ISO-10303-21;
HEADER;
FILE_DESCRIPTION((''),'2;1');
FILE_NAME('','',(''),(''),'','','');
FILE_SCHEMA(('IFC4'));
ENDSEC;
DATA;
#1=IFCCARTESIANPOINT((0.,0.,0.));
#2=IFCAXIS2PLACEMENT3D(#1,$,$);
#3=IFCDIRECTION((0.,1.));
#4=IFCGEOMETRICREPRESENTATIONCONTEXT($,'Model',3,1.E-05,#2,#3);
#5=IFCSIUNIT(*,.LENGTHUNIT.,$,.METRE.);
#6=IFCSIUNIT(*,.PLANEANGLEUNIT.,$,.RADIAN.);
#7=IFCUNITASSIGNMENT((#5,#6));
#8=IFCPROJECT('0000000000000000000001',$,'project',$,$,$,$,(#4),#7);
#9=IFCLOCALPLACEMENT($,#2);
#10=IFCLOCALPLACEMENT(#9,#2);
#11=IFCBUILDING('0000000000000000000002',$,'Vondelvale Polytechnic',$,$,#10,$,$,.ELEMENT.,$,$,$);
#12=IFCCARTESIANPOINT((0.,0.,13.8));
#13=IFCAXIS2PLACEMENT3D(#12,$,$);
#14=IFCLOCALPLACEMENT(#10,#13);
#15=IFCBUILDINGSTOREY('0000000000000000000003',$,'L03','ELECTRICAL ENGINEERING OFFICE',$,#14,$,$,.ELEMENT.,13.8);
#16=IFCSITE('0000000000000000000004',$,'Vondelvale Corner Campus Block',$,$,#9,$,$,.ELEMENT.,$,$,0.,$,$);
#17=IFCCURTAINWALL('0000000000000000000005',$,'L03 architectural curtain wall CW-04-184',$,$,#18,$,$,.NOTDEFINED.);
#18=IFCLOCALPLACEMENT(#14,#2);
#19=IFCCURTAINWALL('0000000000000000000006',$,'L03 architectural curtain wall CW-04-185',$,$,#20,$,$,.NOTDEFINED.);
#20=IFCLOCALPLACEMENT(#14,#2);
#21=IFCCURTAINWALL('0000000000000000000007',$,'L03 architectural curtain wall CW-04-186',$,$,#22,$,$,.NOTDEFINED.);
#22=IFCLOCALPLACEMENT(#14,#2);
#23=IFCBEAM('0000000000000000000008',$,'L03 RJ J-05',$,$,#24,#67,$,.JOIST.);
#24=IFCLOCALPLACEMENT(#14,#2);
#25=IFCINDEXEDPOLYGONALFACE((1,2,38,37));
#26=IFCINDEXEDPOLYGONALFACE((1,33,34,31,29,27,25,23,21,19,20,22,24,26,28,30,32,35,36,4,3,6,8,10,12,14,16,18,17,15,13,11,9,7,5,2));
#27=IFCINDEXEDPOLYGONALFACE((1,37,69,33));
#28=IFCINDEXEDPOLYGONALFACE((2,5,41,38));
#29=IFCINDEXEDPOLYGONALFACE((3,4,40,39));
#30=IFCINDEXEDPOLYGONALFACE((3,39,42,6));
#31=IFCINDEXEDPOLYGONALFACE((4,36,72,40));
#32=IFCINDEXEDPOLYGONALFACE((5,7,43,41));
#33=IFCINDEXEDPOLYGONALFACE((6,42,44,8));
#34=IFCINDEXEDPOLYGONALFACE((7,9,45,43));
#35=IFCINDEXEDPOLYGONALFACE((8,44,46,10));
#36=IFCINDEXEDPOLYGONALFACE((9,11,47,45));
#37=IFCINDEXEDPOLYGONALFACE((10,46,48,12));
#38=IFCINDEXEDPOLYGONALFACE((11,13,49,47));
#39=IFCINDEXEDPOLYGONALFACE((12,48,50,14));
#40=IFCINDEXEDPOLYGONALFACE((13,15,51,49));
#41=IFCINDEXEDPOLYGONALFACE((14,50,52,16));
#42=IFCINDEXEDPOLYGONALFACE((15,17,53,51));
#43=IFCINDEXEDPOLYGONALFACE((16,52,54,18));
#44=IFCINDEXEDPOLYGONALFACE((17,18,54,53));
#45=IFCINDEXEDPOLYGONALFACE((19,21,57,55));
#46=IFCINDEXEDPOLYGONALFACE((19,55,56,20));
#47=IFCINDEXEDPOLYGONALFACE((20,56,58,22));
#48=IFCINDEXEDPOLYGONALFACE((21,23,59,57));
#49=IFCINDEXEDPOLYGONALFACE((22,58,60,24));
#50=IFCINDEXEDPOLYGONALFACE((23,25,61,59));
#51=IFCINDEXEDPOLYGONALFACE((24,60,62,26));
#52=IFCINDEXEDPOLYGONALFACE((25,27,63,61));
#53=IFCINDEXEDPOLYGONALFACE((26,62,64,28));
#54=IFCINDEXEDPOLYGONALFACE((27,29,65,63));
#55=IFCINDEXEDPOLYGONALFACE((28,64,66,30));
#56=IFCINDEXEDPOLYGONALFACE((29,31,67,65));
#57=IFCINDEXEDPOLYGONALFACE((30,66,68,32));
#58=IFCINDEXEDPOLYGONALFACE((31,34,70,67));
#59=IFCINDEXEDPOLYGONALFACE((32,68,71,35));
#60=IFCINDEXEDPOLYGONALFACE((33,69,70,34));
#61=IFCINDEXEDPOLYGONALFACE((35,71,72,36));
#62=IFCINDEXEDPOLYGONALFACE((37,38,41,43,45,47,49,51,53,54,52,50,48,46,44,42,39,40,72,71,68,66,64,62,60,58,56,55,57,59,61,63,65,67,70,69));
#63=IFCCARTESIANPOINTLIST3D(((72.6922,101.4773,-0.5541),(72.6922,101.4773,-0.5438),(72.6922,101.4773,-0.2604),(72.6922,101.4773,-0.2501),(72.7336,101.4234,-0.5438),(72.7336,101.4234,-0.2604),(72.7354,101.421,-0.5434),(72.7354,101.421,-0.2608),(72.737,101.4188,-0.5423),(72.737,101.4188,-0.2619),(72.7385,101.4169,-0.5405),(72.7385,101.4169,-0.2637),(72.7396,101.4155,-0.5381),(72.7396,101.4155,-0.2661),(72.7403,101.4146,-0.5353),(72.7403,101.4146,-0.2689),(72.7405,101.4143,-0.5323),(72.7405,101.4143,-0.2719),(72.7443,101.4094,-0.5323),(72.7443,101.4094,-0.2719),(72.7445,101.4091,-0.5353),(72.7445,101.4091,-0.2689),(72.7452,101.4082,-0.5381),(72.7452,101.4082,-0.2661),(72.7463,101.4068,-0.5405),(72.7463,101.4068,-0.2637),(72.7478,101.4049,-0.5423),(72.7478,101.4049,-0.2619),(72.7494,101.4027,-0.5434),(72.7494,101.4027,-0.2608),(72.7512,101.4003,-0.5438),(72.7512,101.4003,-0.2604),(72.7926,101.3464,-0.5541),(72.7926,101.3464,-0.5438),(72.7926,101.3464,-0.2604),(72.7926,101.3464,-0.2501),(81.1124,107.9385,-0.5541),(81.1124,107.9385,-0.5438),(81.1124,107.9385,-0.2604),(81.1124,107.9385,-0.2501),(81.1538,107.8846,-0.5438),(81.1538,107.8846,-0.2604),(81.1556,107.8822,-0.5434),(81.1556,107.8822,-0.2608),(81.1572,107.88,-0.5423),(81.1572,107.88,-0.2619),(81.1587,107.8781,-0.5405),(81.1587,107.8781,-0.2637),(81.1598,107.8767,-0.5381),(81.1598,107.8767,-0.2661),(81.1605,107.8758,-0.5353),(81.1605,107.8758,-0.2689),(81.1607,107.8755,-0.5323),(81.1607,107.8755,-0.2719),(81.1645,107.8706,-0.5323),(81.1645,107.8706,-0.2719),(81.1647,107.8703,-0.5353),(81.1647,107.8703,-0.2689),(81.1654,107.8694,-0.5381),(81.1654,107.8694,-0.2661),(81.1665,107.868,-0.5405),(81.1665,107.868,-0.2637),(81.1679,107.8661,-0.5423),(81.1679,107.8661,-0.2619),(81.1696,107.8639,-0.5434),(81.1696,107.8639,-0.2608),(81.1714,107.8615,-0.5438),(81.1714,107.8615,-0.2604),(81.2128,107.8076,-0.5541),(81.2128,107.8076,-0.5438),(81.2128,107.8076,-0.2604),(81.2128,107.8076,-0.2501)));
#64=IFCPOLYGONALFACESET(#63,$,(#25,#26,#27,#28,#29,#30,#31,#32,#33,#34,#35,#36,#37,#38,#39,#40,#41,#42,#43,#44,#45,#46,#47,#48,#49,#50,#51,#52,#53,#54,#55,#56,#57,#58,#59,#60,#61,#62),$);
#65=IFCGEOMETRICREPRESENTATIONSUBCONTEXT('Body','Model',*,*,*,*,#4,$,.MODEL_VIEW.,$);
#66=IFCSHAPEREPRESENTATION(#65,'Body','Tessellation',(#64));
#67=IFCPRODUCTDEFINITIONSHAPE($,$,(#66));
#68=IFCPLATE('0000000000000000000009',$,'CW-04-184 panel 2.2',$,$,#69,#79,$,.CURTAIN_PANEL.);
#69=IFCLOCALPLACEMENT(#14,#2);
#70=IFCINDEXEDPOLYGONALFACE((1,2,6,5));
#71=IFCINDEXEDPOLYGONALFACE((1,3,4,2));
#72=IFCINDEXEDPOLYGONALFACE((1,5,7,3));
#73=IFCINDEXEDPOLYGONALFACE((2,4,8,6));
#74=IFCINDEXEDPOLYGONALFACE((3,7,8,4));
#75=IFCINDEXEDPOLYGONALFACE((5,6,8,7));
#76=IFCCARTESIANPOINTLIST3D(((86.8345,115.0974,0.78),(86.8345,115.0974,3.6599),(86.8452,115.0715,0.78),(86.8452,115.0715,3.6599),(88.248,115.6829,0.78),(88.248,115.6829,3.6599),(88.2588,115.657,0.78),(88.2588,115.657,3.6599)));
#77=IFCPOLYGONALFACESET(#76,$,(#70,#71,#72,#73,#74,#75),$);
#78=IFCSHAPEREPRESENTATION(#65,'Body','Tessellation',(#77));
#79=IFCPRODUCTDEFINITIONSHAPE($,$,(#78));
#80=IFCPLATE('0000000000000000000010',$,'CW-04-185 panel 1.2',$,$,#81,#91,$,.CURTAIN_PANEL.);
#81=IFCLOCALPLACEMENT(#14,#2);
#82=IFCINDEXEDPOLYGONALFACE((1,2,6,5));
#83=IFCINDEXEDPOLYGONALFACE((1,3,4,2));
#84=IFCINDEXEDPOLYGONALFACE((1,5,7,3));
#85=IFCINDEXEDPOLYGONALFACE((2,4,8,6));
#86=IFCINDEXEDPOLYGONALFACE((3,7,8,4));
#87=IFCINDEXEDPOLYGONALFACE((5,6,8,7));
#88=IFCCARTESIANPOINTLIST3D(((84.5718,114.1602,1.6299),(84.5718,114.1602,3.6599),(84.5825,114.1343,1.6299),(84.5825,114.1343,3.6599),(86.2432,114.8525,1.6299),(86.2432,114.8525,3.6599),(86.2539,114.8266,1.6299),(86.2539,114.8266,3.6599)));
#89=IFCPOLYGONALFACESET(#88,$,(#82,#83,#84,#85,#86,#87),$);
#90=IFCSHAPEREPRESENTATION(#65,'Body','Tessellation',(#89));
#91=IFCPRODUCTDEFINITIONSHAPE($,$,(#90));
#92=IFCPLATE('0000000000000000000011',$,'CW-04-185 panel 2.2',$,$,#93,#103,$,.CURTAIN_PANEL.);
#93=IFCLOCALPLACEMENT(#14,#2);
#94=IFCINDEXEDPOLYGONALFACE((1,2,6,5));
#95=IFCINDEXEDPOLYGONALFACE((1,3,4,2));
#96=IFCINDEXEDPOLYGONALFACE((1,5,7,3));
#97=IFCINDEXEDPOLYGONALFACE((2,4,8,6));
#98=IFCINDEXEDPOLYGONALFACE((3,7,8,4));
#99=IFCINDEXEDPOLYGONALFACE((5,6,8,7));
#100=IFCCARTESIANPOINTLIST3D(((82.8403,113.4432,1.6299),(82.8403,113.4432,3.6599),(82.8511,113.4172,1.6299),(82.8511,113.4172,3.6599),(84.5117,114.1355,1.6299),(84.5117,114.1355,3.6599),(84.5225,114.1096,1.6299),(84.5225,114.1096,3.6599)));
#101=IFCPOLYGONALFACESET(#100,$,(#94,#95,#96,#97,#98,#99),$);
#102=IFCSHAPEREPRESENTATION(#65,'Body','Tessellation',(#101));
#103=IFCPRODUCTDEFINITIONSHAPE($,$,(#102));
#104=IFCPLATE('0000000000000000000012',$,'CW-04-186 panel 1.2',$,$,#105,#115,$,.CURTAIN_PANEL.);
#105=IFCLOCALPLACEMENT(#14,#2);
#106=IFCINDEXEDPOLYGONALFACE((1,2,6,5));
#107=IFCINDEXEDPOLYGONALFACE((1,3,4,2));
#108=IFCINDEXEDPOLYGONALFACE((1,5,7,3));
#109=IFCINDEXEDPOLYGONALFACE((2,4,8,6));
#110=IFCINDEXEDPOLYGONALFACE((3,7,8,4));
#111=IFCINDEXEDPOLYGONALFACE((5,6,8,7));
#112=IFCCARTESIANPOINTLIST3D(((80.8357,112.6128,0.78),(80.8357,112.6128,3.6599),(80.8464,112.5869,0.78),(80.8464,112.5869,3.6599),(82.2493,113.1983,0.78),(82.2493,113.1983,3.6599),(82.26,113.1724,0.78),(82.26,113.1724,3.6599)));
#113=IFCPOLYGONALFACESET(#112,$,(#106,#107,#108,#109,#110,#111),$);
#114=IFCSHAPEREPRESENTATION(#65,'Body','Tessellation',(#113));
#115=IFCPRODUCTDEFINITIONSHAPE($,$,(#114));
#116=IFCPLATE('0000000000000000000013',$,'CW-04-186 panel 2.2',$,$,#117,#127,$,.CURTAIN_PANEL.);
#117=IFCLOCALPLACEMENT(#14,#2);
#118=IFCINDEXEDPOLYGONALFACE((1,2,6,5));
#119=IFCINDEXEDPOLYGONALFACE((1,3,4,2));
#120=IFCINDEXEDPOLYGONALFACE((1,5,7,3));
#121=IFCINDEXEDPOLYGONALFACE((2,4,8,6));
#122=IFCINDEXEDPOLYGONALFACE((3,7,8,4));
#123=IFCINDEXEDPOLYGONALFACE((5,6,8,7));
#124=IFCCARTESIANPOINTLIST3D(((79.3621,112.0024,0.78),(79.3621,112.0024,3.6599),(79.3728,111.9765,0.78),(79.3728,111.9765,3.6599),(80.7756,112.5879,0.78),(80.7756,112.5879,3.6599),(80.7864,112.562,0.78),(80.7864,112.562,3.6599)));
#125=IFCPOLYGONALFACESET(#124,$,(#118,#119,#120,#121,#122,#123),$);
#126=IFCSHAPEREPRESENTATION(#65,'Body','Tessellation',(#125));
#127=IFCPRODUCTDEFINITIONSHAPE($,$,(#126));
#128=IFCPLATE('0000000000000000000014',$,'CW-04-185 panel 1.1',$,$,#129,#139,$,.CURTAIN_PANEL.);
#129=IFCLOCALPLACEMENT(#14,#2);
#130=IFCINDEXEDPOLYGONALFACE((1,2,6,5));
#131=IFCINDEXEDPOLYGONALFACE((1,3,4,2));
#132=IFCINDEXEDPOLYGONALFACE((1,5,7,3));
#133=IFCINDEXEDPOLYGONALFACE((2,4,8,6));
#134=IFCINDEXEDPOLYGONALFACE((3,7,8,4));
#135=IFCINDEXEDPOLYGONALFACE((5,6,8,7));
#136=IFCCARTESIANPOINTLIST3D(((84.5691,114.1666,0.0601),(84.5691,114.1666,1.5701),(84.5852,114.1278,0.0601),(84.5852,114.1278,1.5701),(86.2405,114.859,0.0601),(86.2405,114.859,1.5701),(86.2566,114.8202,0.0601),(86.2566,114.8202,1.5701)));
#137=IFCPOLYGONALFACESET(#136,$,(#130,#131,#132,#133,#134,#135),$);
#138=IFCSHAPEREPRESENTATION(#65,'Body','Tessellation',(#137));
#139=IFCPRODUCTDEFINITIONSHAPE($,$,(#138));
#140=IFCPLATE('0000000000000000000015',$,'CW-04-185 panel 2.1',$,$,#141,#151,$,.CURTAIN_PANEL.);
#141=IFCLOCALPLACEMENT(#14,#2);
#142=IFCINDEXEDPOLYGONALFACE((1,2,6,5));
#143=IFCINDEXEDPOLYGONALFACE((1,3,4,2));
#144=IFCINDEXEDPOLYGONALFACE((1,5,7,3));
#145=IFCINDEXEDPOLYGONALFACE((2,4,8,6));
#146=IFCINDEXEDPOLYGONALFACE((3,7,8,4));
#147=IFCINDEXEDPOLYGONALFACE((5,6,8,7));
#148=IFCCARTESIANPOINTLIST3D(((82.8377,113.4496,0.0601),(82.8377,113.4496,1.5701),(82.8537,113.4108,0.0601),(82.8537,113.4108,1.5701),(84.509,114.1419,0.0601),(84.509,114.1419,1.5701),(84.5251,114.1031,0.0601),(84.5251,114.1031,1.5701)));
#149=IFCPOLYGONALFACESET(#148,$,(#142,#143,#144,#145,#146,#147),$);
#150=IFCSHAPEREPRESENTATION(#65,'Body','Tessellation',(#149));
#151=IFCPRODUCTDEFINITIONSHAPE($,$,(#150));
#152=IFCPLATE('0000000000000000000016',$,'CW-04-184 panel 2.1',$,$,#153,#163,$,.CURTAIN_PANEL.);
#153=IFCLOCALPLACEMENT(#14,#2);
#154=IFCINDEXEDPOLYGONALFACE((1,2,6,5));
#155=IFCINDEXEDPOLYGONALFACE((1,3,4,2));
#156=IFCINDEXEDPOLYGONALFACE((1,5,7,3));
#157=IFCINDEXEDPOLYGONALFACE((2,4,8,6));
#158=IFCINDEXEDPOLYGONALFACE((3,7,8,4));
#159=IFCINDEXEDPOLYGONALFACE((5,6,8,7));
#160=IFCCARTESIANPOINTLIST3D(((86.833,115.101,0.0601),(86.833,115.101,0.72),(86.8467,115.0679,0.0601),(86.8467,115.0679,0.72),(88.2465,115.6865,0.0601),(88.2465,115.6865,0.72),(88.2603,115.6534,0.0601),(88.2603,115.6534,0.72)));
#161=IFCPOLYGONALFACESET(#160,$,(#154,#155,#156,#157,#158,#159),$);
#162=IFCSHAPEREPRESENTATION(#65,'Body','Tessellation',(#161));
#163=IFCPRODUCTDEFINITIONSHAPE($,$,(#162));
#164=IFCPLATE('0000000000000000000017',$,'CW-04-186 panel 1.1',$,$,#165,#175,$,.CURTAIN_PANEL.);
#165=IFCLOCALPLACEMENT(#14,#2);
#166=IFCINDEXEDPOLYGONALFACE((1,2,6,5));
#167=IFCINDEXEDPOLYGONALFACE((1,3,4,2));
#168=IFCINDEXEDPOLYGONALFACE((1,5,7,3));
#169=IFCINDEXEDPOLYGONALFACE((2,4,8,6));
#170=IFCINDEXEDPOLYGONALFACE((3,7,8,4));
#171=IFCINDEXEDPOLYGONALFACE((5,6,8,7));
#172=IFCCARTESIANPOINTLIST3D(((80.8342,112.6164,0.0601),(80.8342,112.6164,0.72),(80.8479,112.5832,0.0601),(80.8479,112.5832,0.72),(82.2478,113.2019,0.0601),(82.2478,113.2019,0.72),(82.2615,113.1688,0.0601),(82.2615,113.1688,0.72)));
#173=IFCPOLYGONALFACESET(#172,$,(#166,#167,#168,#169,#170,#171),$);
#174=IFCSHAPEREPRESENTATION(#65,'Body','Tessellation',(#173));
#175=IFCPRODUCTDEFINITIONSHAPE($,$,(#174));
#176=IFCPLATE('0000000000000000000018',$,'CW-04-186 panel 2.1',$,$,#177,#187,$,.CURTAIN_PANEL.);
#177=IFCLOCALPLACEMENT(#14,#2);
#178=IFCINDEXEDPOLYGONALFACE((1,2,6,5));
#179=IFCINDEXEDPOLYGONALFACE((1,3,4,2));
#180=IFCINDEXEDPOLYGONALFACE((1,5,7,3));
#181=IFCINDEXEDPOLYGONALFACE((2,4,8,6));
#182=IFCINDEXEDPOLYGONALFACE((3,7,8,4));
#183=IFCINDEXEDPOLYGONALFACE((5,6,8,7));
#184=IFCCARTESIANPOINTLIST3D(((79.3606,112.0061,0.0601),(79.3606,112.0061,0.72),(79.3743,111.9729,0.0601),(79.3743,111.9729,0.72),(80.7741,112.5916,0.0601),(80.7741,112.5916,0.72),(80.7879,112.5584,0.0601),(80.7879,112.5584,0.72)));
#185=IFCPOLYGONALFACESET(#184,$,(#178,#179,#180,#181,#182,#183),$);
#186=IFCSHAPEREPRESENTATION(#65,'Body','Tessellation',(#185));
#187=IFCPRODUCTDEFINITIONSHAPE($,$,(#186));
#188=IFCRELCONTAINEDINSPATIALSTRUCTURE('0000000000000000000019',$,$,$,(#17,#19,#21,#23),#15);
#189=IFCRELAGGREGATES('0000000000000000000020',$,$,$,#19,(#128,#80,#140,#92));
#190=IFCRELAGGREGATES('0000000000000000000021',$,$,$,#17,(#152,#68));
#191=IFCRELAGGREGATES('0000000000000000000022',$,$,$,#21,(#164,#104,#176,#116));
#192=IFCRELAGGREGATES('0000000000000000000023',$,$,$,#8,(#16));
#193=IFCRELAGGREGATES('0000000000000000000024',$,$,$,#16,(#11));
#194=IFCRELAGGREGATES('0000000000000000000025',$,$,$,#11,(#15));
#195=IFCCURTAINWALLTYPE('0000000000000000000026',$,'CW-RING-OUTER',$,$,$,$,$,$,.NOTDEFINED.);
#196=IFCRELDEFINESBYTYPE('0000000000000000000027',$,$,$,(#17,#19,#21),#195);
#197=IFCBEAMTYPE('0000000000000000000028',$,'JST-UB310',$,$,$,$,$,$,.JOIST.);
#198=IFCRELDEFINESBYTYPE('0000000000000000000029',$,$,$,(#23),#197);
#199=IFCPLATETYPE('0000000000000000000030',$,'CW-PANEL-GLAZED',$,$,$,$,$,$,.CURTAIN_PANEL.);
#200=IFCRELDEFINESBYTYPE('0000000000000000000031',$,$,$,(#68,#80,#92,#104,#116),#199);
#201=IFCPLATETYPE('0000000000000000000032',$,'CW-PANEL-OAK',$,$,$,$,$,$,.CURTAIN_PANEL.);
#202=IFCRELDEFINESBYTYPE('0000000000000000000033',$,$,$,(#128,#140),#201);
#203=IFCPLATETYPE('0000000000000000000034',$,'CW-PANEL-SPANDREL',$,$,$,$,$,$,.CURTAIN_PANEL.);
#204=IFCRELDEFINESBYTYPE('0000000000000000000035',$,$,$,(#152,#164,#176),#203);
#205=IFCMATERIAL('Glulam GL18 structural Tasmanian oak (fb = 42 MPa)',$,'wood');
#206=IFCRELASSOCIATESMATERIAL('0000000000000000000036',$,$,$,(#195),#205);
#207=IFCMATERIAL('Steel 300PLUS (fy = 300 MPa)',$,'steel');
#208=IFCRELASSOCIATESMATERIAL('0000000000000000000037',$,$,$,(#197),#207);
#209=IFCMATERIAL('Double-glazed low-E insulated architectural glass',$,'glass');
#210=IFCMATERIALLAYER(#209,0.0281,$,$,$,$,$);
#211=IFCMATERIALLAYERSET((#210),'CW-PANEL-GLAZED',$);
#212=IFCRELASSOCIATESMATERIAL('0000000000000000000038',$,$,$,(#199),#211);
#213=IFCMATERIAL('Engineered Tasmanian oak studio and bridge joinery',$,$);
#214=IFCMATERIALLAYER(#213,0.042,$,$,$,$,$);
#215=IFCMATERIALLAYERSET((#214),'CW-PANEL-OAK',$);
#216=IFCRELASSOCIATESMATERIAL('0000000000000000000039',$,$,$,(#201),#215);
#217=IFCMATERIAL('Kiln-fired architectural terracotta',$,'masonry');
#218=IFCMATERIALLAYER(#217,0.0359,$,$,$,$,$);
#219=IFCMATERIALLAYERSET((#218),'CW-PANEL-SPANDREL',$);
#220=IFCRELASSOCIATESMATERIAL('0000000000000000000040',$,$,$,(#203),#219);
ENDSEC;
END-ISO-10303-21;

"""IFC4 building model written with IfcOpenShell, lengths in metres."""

from ifc_helpers import new_model, si_unit, direction, frame, origin, origin_2d, place, context, subcontext, project, spatial, rectangle, i_section, extrude, material, layer, layer_set, material_profile, profile_set, type_object, element, aggregate, save


model = new_model("IFC4")

# Units and contexts
model_context = context("Model", 3, precision=1e-05, world=origin(), true_north=direction((0.0, 1.0)))
body_context = subcontext(model_context, "Body", "Model", "MODEL_VIEW")
ifc_project = project(units=[si_unit("LENGTHUNIT", "METRE"), si_unit("PLANEANGLEUNIT", "RADIAN")], contexts=[model_context])

# Site, building, storey
site_placement = place(None, origin())
site = spatial("IfcSite", under=ifc_project, at=site_placement, Name="Vondelvale Corner Campus Block", CompositionType="ELEMENT", RefElevation=0.0)
building_placement = place(site_placement, origin())
building = spatial("IfcBuilding", under=site, at=building_placement, Name="Vondelvale Polytechnic", CompositionType="ELEMENT")
storey_placement = place(building_placement, frame((0.0, 0.0, 13.8)))
storey = spatial("IfcBuildingStorey", under=building, at=storey_placement, Name="L03", Description="ELECTRICAL ENGINEERING OFFICE", CompositionType="ELEMENT", Elevation=13.8)

# Shared definitions
ifc_material_1 = material(Name="Glulam GL18 structural Tasmanian oak (fb = 42 MPa)", Category="wood")
ifc_material_2 = material(Name="Steel 300PLUS (fy = 300 MPa)", Category="steel")

# Curtain wall
curtain_wall_type = type_object("IfcCurtainWallType", Name="CW-RING-OUTER", PredefinedType="NOTDEFINED", material=ifc_material_1)
curtain_wall_1_placement = place(storey_placement, origin())
curtain_wall_1 = element("IfcCurtainWall", 1, at=curtain_wall_1_placement, inside=storey, type_object=curtain_wall_type, Name="L03 architectural curtain wall CW-04-184", PredefinedType="NOTDEFINED")

# Curtain walls
curtain_wall_2_placement = place(storey_placement, origin())
curtain_wall_2 = element("IfcCurtainWall", 2, at=curtain_wall_2_placement, inside=storey, type_object=curtain_wall_type, Name="L03 architectural curtain wall CW-04-185", PredefinedType="NOTDEFINED")
curtain_wall_3_placement = place(storey_placement, origin())
curtain_wall_3 = element("IfcCurtainWall", 3, at=curtain_wall_3_placement, inside=storey, type_object=curtain_wall_type, Name="L03 architectural curtain wall CW-04-186", PredefinedType="NOTDEFINED")

# Beam
ifc_material_profile_1 = material_profile(ifc_material_2, i_section(OverallWidth=0.165, OverallDepth=0.304, WebThickness=0.0061, FlangeThickness=0.0103, FilletRadius=0.0115, at=origin_2d()), Name="310UB40.4")
ifc_profile_set_1 = profile_set([ifc_material_profile_1], Name="Steel 300PLUS (fy = 300 MPa)")
beam_type_1 = type_object("IfcBeamType", Name="JST-UB310", PredefinedType="JOIST", material=ifc_profile_set_1)
beam_1_placement = place(storey_placement, frame((81.1626, 107.873, -0.4021), z_axis=(-0.793346, -0.608771, 0.0), x_axis=(0.608771, -0.793346, 0.0)))
element("IfcBeam", 4, at=beam_1_placement, inside=storey, type_object=beam_type_1, Name="L03 RJ J-05", PredefinedType="JOIST", context=body_context, shape_type="SweptSolid", body=[
    extrude(i_section(OverallWidth=0.165, OverallDepth=0.304, WebThickness=0.0061, FlangeThickness=0.0103, FilletRadius=0.0115, at=origin_2d()), origin(), (0.0, 0.0, 1.0), 10.6135),
])

# Plates
ifc_material_3 = material(Name="Double-glazed low-E insulated architectural glass", Category="glass")
ifc_layer_1 = layer(ifc_material_3, 0.0281)
ifc_layer_set_1 = layer_set([ifc_layer_1], Name="CW-PANEL-GLAZED")
plate_type_1 = type_object("IfcPlateType", Name="CW-PANEL-GLAZED", PredefinedType="CURTAIN_PANEL", material=ifc_layer_set_1)
plate_1_placement = place(storey_placement, frame((87.5466, 115.3772, 0.78), z_axis=(0.0, 0.0, 1.0), x_axis=(-0.923882, -0.382677, 0.0)))
plate_1 = element("IfcPlate", 5, at=plate_1_placement, type_object=plate_type_1, Name="CW-04-184 panel 2.2", PredefinedType="CURTAIN_PANEL", context=body_context, shape_type="SweptSolid", body=[
    extrude(rectangle(XDim=1.53, YDim=0.0281, at=origin_2d()), origin(), (0.0, 0.0, 1.0), 2.8799),
])
plate_2_placement = place(storey_placement, frame((85.4128, 114.4934, 1.6299), z_axis=(0.0, 0.0, 1.0), x_axis=(-0.923875, -0.382695, 0.0)))
plate_2 = element("IfcPlate", 6, at=plate_2_placement, type_object=plate_type_1, Name="CW-04-185 panel 1.2", PredefinedType="CURTAIN_PANEL", context=body_context, shape_type="SweptSolid", body=[
    extrude(rectangle(XDim=1.8091, YDim=0.0281, at=origin_2d()), origin(), (0.0, 0.0, 1.0), 2.03),
])
plate_3_placement = place(storey_placement, frame((83.6814, 113.7764, 1.6299), z_axis=(0.0, 0.0, 1.0), x_axis=(-0.923875, -0.382695, 0.0)))
plate_3 = element("IfcPlate", 7, at=plate_3_placement, type_object=plate_type_1, Name="CW-04-185 panel 2.2", PredefinedType="CURTAIN_PANEL", context=body_context, shape_type="SweptSolid", body=[
    extrude(rectangle(XDim=1.8091, YDim=0.0281, at=origin_2d()), origin(), (0.0, 0.0, 1.0), 2.03),
])
plate_4_placement = place(storey_placement, frame((81.5479, 112.8926, 0.78), z_axis=(0.0, 0.0, 1.0), x_axis=(-0.923882, -0.382677, 0.0)))
plate_4 = element("IfcPlate", 8, at=plate_4_placement, type_object=plate_type_1, Name="CW-04-186 panel 1.2", PredefinedType="CURTAIN_PANEL", context=body_context, shape_type="SweptSolid", body=[
    extrude(rectangle(XDim=1.53, YDim=0.0281, at=origin_2d()), origin(), (0.0, 0.0, 1.0), 2.8799),
])
plate_5_placement = place(storey_placement, frame((80.0742, 112.2822, 0.78), z_axis=(0.0, 0.0, 1.0), x_axis=(-0.923882, -0.382677, 0.0)))
plate_5 = element("IfcPlate", 9, at=plate_5_placement, type_object=plate_type_1, Name="CW-04-186 panel 2.2", PredefinedType="CURTAIN_PANEL", context=body_context, shape_type="SweptSolid", body=[
    extrude(rectangle(XDim=1.53, YDim=0.0281, at=origin_2d()), origin(), (0.0, 0.0, 1.0), 2.8799),
])
ifc_material_4 = material(Name="Engineered Tasmanian oak studio and bridge joinery")
ifc_layer_2 = layer(ifc_material_4, 0.042)
ifc_layer_set_2 = layer_set([ifc_layer_2], Name="CW-PANEL-OAK")
plate_type_2 = type_object("IfcPlateType", Name="CW-PANEL-OAK", PredefinedType="CURTAIN_PANEL", material=ifc_layer_set_2)
plate_6_placement = place(storey_placement, frame((85.4128, 114.4934, 0.0601), z_axis=(0.0, 0.0, 1.0), x_axis=(-0.923875, -0.382695, 0.0)))
plate_6 = element("IfcPlate", 10, at=plate_6_placement, type_object=plate_type_2, Name="CW-04-185 panel 1.1", PredefinedType="CURTAIN_PANEL", context=body_context, shape_type="SweptSolid", body=[
    extrude(rectangle(XDim=1.8091, YDim=0.042, at=origin_2d()), origin(), (0.0, 0.0, 1.0), 1.51),
])
plate_7_placement = place(storey_placement, frame((83.6814, 113.7764, 0.0601), z_axis=(0.0, 0.0, 1.0), x_axis=(-0.923875, -0.382695, 0.0)))
plate_7 = element("IfcPlate", 11, at=plate_7_placement, type_object=plate_type_2, Name="CW-04-185 panel 2.1", PredefinedType="CURTAIN_PANEL", context=body_context, shape_type="SweptSolid", body=[
    extrude(rectangle(XDim=1.8091, YDim=0.042, at=origin_2d()), origin(), (0.0, 0.0, 1.0), 1.51),
])
aggregate(curtain_wall_2, [plate_6, plate_2, plate_7, plate_3])
ifc_material_5 = material(Name="Kiln-fired architectural terracotta", Category="masonry")
ifc_layer_3 = layer(ifc_material_5, 0.0359)
ifc_layer_set_3 = layer_set([ifc_layer_3], Name="CW-PANEL-SPANDREL")
plate_type_3 = type_object("IfcPlateType", Name="CW-PANEL-SPANDREL", PredefinedType="CURTAIN_PANEL", material=ifc_layer_set_3)
plate_8_placement = place(storey_placement, frame((87.5466, 115.3772, 0.0601), z_axis=(0.0, 0.0, 1.0), x_axis=(-0.923882, -0.382677, 0.0)))
plate_8 = element("IfcPlate", 12, at=plate_8_placement, type_object=plate_type_3, Name="CW-04-184 panel 2.1", PredefinedType="CURTAIN_PANEL", context=body_context, shape_type="SweptSolid", body=[
    extrude(rectangle(XDim=1.53, YDim=0.0359, at=origin_2d()), origin(), (0.0, 0.0, 1.0), 0.6599),
])
aggregate(curtain_wall_1, [plate_8, plate_1])
plate_9_placement = place(storey_placement, frame((81.5479, 112.8926, 0.0601), z_axis=(0.0, 0.0, 1.0), x_axis=(-0.923882, -0.382677, 0.0)))
plate_9 = element("IfcPlate", 13, at=plate_9_placement, type_object=plate_type_3, Name="CW-04-186 panel 1.1", PredefinedType="CURTAIN_PANEL", context=body_context, shape_type="SweptSolid", body=[
    extrude(rectangle(XDim=1.53, YDim=0.0359, at=origin_2d()), origin(), (0.0, 0.0, 1.0), 0.6599),
])
plate_10_placement = place(storey_placement, frame((80.0742, 112.2822, 0.0601), z_axis=(0.0, 0.0, 1.0), x_axis=(-0.923882, -0.382677, 0.0)))
plate_10 = element("IfcPlate", 14, at=plate_10_placement, type_object=plate_type_3, Name="CW-04-186 panel 2.1", PredefinedType="CURTAIN_PANEL", context=body_context, shape_type="SweptSolid", body=[
    extrude(rectangle(XDim=1.53, YDim=0.0359, at=origin_2d()), origin(), (0.0, 0.0, 1.0), 0.6599),
])
aggregate(curtain_wall_3, [plate_9, plate_4, plate_10, plate_5])

save(model, "model.ifc")
